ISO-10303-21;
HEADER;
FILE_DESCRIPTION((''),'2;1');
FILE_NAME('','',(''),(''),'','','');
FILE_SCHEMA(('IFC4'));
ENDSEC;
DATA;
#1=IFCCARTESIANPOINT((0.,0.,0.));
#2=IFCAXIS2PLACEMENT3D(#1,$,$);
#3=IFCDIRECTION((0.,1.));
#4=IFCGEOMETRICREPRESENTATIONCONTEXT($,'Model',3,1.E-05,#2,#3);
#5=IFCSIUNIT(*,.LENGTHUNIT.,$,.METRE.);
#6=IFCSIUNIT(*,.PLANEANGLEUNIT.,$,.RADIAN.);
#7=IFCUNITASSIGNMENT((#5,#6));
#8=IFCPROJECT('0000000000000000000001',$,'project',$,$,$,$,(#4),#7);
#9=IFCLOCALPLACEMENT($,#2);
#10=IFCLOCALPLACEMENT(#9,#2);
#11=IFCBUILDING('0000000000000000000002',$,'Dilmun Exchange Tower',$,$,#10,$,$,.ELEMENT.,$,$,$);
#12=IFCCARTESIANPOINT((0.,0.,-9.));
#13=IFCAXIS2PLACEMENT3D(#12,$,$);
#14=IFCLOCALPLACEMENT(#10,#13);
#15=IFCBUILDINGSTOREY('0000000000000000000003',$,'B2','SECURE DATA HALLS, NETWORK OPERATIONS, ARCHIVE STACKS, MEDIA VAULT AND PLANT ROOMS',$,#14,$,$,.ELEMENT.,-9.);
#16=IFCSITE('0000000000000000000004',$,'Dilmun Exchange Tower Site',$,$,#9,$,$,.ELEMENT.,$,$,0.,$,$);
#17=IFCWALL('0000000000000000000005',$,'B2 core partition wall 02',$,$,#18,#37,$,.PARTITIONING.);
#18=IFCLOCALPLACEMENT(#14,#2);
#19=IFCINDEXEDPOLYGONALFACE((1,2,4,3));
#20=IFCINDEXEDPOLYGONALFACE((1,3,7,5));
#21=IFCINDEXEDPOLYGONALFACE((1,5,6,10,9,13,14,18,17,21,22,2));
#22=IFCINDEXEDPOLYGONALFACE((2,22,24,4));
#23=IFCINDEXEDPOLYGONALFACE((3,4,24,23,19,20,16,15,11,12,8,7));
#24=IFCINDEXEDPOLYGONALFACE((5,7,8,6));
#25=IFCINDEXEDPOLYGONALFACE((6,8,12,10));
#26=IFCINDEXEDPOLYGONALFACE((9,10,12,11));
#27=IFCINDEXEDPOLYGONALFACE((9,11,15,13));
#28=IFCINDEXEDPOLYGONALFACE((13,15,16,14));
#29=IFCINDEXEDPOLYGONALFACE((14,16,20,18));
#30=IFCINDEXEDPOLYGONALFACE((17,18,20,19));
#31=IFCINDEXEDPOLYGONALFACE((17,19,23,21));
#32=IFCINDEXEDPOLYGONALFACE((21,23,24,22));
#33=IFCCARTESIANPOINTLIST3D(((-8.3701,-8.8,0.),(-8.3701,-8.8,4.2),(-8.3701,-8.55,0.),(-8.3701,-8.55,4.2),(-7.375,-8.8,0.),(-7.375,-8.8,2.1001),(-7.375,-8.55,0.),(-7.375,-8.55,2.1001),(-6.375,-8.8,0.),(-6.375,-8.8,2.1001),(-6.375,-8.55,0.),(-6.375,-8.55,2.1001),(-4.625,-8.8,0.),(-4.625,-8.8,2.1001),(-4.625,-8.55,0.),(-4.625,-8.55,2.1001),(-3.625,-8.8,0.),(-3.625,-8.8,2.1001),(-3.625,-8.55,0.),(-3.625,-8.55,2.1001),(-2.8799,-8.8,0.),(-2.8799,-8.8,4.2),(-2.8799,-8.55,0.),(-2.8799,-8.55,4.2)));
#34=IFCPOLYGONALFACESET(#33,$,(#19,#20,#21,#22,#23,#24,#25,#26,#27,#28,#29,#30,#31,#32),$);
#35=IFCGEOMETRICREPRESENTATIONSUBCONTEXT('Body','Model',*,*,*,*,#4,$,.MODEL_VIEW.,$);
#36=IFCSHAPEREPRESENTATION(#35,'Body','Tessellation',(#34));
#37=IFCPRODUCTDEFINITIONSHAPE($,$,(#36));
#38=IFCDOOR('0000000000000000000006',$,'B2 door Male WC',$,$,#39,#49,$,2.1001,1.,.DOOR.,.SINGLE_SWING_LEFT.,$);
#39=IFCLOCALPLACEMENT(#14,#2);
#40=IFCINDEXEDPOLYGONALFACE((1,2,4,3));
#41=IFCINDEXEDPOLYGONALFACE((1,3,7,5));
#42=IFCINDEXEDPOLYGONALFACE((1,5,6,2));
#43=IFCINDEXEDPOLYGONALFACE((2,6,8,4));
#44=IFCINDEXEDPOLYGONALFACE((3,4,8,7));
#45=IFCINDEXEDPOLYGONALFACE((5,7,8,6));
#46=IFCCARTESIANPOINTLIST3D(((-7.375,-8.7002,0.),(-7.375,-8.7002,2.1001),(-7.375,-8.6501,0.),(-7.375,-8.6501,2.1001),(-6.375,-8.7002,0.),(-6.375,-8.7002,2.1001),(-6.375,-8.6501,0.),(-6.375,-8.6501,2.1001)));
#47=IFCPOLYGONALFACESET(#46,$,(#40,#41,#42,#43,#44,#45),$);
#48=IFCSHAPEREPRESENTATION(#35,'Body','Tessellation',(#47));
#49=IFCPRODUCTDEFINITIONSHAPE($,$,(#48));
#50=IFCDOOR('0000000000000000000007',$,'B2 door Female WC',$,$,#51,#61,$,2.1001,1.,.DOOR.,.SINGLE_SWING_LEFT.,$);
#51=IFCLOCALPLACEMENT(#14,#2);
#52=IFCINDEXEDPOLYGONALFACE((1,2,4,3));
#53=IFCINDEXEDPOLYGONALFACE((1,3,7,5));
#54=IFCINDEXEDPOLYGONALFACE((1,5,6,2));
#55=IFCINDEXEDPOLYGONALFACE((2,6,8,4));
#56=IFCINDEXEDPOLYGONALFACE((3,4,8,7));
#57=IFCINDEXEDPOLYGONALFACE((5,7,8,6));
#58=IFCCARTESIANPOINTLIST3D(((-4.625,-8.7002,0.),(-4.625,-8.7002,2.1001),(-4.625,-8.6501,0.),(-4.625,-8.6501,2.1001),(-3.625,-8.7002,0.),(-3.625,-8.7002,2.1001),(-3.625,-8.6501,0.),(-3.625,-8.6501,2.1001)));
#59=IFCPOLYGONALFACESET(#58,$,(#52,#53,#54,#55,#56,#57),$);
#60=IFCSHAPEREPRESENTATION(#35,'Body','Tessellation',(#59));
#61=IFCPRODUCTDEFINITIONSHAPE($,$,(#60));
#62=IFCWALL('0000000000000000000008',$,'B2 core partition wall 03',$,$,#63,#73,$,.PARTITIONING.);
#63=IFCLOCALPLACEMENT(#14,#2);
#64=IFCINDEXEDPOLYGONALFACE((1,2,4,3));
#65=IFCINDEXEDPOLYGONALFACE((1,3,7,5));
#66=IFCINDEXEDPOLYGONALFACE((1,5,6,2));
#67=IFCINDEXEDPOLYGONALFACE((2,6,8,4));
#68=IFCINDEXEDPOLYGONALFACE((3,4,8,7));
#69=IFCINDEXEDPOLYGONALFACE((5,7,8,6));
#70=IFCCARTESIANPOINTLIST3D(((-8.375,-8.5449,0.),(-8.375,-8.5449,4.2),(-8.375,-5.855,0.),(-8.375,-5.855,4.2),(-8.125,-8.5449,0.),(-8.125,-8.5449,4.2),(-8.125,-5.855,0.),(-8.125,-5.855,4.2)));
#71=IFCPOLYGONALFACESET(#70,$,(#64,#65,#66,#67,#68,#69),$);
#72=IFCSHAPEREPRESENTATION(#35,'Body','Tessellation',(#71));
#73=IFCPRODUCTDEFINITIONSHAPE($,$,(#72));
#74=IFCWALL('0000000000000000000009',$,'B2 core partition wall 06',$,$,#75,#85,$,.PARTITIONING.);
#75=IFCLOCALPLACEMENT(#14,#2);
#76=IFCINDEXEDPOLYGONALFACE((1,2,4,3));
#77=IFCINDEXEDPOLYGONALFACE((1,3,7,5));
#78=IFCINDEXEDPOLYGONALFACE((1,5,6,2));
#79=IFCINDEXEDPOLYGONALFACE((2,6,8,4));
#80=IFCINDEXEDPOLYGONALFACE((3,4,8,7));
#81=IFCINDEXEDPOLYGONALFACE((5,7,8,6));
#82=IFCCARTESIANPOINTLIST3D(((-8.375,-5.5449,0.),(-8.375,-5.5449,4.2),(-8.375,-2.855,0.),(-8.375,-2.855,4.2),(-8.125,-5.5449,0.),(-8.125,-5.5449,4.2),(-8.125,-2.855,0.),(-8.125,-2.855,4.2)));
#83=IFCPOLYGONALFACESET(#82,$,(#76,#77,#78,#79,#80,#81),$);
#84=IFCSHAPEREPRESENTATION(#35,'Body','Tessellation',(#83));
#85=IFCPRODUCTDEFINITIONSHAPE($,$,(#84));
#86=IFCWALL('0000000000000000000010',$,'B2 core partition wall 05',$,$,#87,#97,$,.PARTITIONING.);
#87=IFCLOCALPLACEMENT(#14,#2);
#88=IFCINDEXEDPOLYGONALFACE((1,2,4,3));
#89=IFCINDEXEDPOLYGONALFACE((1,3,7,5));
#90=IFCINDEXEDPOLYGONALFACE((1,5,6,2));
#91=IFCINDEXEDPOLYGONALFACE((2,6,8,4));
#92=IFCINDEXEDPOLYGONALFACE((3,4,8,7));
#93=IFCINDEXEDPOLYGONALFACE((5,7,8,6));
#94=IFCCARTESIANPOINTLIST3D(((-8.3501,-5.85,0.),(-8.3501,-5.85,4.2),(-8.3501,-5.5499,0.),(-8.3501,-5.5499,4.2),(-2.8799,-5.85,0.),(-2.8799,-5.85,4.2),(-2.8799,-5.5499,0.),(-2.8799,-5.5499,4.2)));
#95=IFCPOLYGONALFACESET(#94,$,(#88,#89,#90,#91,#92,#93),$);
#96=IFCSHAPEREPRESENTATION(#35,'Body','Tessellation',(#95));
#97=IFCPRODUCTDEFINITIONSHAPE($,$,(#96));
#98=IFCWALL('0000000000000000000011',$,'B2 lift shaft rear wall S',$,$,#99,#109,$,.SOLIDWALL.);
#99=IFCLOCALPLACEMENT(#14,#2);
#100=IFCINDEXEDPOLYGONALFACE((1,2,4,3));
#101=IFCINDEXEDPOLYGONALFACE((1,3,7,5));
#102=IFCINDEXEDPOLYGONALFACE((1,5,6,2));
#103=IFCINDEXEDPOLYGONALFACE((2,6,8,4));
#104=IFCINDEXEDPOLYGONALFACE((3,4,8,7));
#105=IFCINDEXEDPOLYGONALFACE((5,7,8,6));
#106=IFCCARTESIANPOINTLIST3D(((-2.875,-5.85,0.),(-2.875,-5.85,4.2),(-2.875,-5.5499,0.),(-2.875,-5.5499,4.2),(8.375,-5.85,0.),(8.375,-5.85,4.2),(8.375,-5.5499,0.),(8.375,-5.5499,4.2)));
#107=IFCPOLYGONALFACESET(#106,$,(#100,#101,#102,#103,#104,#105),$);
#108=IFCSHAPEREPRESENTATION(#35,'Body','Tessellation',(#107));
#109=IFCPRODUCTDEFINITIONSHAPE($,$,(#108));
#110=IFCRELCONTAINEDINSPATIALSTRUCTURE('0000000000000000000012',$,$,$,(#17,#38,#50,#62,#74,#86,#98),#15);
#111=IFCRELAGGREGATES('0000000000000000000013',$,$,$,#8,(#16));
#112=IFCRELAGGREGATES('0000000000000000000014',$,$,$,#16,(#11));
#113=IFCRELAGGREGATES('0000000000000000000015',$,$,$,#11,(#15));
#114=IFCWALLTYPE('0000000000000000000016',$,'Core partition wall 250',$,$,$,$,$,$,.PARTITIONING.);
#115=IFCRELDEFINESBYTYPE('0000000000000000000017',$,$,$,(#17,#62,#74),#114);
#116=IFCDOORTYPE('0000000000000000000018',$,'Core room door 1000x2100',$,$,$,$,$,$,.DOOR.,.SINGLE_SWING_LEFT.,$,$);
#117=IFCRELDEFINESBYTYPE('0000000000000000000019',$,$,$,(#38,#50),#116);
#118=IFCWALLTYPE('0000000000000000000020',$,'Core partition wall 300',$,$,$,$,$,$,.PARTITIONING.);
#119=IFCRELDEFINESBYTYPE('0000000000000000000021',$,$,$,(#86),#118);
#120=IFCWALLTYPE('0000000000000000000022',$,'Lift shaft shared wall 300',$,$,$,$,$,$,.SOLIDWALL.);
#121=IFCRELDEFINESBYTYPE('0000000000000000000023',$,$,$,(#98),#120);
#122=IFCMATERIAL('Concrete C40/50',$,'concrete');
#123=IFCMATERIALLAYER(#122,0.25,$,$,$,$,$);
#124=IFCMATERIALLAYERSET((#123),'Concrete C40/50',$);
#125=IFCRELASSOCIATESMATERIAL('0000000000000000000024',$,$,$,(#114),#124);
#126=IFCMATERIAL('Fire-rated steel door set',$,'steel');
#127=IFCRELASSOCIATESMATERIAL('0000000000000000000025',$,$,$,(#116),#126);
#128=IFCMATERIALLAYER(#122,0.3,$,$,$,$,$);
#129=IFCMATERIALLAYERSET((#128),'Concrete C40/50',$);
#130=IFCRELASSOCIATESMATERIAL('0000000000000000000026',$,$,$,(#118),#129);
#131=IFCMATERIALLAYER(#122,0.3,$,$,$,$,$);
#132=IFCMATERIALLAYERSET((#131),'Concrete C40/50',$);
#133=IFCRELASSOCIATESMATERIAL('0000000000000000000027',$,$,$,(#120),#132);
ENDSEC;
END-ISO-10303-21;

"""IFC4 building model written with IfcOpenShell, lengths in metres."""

from ifc_helpers import new_model, si_unit, direction, frame, frame_2d, origin, place, context, subcontext, project, spatial, rectangle, extrude, material, layer, layer_set, type_object, element, fill, save


model = new_model("IFC4")

# Units and contexts
model_context = context("Model", 3, precision=1e-05, world=origin(), true_north=direction((0.0, 1.0)))
body_context = subcontext(model_context, "Body", "Model", "MODEL_VIEW")
ifc_project = project(units=[si_unit("LENGTHUNIT", "METRE"), si_unit("PLANEANGLEUNIT", "RADIAN")], contexts=[model_context])

# Site, building, storey
site_placement = place(None, origin())
site = spatial("IfcSite", under=ifc_project, at=site_placement, Name="Dilmun Exchange Tower Site", CompositionType="ELEMENT", RefElevation=0.0)
building_placement = place(site_placement, origin())
building = spatial("IfcBuilding", under=site, at=building_placement, Name="Dilmun Exchange Tower", CompositionType="ELEMENT")
storey_placement = place(building_placement, frame((0.0, 0.0, -9.0)))
storey = spatial("IfcBuildingStorey", under=building, at=storey_placement, Name="B2", Description="SECURE DATA HALLS, NETWORK OPERATIONS, ARCHIVE STACKS, MEDIA VAULT AND PLANT ROOMS", CompositionType="ELEMENT", Elevation=-9.0)

# Shared definitions
ifc_material_1 = material(Name="Concrete C40/50", Category="concrete")

# Wall, openings, doors
ifc_layer_1 = layer(ifc_material_1, 0.25)
ifc_layer_set_1 = layer_set([ifc_layer_1], Name="Concrete C40/50")
wall_type_1 = type_object("IfcWallType", Name="Core partition wall 250", PredefinedType="PARTITIONING", material=ifc_layer_set_1)
wall_1_placement = place(storey_placement, frame((-8.3701, -8.675, 0.0), z_axis=(0.0, 0.0, 1.0), x_axis=(1.0, 0.0, 0.0)))
wall_1 = element("IfcWall", 1, at=wall_1_placement, inside=storey, type_object=wall_type_1, Name="B2 core partition wall 02", PredefinedType="PARTITIONING", context=body_context, shape_type="SweptSolid", body=[
    extrude(rectangle(XDim=5.4902, YDim=0.25, at=frame_2d((2.7451, 0.0))), origin(), (0.0, 0.0, 1.0), 4.2),
])
opening_1_placement = place(wall_1_placement, frame((0.9951, 0.0, 0.0)))
opening_1 = element("IfcOpeningElement", 2, at=opening_1_placement, cuts=wall_1, PredefinedType="OPENING", context=body_context, shape_type="SweptSolid", body=[
    extrude(rectangle(XDim=1.0, YDim=2.1001, at=frame_2d((0.5, 1.05))), frame((0.0, 0.135, 0.0), z_axis=(0.0, -1.0, 0.0), x_axis=(1.0, 0.0, 0.0)), (0.0, 0.0, 1.0), 0.27),
])
opening_2_placement = place(wall_1_placement, frame((3.7451, 0.0, 0.0)))
opening_2 = element("IfcOpeningElement", 3, at=opening_2_placement, cuts=wall_1, PredefinedType="OPENING", context=body_context, shape_type="SweptSolid", body=[
    extrude(rectangle(XDim=1.0, YDim=2.1001, at=frame_2d((0.5, 1.05))), frame((0.0, 0.135, 0.0), z_axis=(0.0, -1.0, 0.0), x_axis=(1.0, 0.0, 0.0)), (0.0, 0.0, 1.0), 0.27),
])
ifc_material_2 = material(Name="Fire-rated steel door set", Category="steel")
door_type_1 = type_object("IfcDoorType", Name="Core room door 1000x2100", OperationType="SINGLE_SWING_LEFT", PredefinedType="DOOR", material=ifc_material_2)
door_1_placement = place(opening_1_placement, origin())
door_1 = element("IfcDoor", 4, at=door_1_placement, inside=storey, type_object=door_type_1, Name="B2 door Male WC", OperationType="SINGLE_SWING_LEFT", OverallHeight=2.1001, OverallWidth=1.0, PredefinedType="DOOR", context=body_context, shape_type="SweptSolid", body=[
    extrude(rectangle(XDim=1.0, YDim=2.1001, at=frame_2d((0.5, 1.05))), frame((0.0, 0.0249, 0.0), z_axis=(0.0, -1.0, 0.0), x_axis=(1.0, 0.0, 0.0)), (0.0, 0.0, 1.0), 0.05),
])
fill(opening_1, door_1)
door_2_placement = place(opening_2_placement, origin())
door_2 = element("IfcDoor", 5, at=door_2_placement, inside=storey, type_object=door_type_1, Name="B2 door Female WC", OperationType="SINGLE_SWING_LEFT", OverallHeight=2.1001, OverallWidth=1.0, PredefinedType="DOOR", context=body_context, shape_type="SweptSolid", body=[
    extrude(rectangle(XDim=1.0, YDim=2.1001, at=frame_2d((0.5, 1.05))), frame((0.0, 0.0249, 0.0), z_axis=(0.0, -1.0, 0.0), x_axis=(1.0, 0.0, 0.0)), (0.0, 0.0, 1.0), 0.05),
])
fill(opening_2, door_2)

# Walls
for number, where, z_axis, x_axis, name in (
    (6, (-8.25, -8.5449, 0.0), (0.0, 0.0, 1.0), (0.0, 1.0, 0.0), "B2 core partition wall 03"),
    (7, (-8.25, -5.5449, 0.0), (0.0, 0.0, 1.0), (0.0, 1.0, 0.0), "B2 core partition wall 06"),
):
    element("IfcWall", number, at=place(storey_placement, frame(where, z_axis=z_axis, x_axis=x_axis)), inside=storey, type_object=wall_type_1, Name=name, PredefinedType="PARTITIONING", context=body_context, shape_type="SweptSolid", body=[
        extrude(rectangle(XDim=2.6899, YDim=0.25, at=frame_2d((1.345, 0.0))), origin(), (0.0, 0.0, 1.0), 4.2),
    ])
ifc_layer_2 = layer(ifc_material_1, 0.3)
ifc_layer_set_2 = layer_set([ifc_layer_2], Name="Concrete C40/50")
wall_type_2 = type_object("IfcWallType", Name="Core partition wall 300", PredefinedType="PARTITIONING", material=ifc_layer_set_2)
wall_2_placement = place(storey_placement, frame((-8.3501, -5.7, 0.0), z_axis=(0.0, 0.0, 1.0), x_axis=(1.0, 0.0, 0.0)))
element("IfcWall", 8, at=wall_2_placement, inside=storey, type_object=wall_type_2, Name="B2 core partition wall 05", PredefinedType="PARTITIONING", context=body_context, shape_type="SweptSolid", body=[
    extrude(rectangle(XDim=5.4702, YDim=0.3, at=frame_2d((2.7351, 0.0))), origin(), (0.0, 0.0, 1.0), 4.2),
])
ifc_layer_3 = layer(ifc_material_1, 0.3)
ifc_layer_set_3 = layer_set([ifc_layer_3], Name="Concrete C40/50")
wall_type_3 = type_object("IfcWallType", Name="Lift shaft shared wall 300", PredefinedType="SOLIDWALL", material=ifc_layer_set_3)
wall_3_placement = place(storey_placement, frame((-2.875, -5.7, 0.0), z_axis=(0.0, 0.0, 1.0), x_axis=(1.0, 0.0, 0.0)))
element("IfcWall", 9, at=wall_3_placement, inside=storey, type_object=wall_type_3, Name="B2 lift shaft rear wall S", PredefinedType="SOLIDWALL", context=body_context, shape_type="SweptSolid", body=[
    extrude(rectangle(XDim=11.25, YDim=0.3, at=frame_2d((5.625, 0.0))), origin(), (0.0, 0.0, 1.0), 4.2),
])

save(model, "model.ifc")
